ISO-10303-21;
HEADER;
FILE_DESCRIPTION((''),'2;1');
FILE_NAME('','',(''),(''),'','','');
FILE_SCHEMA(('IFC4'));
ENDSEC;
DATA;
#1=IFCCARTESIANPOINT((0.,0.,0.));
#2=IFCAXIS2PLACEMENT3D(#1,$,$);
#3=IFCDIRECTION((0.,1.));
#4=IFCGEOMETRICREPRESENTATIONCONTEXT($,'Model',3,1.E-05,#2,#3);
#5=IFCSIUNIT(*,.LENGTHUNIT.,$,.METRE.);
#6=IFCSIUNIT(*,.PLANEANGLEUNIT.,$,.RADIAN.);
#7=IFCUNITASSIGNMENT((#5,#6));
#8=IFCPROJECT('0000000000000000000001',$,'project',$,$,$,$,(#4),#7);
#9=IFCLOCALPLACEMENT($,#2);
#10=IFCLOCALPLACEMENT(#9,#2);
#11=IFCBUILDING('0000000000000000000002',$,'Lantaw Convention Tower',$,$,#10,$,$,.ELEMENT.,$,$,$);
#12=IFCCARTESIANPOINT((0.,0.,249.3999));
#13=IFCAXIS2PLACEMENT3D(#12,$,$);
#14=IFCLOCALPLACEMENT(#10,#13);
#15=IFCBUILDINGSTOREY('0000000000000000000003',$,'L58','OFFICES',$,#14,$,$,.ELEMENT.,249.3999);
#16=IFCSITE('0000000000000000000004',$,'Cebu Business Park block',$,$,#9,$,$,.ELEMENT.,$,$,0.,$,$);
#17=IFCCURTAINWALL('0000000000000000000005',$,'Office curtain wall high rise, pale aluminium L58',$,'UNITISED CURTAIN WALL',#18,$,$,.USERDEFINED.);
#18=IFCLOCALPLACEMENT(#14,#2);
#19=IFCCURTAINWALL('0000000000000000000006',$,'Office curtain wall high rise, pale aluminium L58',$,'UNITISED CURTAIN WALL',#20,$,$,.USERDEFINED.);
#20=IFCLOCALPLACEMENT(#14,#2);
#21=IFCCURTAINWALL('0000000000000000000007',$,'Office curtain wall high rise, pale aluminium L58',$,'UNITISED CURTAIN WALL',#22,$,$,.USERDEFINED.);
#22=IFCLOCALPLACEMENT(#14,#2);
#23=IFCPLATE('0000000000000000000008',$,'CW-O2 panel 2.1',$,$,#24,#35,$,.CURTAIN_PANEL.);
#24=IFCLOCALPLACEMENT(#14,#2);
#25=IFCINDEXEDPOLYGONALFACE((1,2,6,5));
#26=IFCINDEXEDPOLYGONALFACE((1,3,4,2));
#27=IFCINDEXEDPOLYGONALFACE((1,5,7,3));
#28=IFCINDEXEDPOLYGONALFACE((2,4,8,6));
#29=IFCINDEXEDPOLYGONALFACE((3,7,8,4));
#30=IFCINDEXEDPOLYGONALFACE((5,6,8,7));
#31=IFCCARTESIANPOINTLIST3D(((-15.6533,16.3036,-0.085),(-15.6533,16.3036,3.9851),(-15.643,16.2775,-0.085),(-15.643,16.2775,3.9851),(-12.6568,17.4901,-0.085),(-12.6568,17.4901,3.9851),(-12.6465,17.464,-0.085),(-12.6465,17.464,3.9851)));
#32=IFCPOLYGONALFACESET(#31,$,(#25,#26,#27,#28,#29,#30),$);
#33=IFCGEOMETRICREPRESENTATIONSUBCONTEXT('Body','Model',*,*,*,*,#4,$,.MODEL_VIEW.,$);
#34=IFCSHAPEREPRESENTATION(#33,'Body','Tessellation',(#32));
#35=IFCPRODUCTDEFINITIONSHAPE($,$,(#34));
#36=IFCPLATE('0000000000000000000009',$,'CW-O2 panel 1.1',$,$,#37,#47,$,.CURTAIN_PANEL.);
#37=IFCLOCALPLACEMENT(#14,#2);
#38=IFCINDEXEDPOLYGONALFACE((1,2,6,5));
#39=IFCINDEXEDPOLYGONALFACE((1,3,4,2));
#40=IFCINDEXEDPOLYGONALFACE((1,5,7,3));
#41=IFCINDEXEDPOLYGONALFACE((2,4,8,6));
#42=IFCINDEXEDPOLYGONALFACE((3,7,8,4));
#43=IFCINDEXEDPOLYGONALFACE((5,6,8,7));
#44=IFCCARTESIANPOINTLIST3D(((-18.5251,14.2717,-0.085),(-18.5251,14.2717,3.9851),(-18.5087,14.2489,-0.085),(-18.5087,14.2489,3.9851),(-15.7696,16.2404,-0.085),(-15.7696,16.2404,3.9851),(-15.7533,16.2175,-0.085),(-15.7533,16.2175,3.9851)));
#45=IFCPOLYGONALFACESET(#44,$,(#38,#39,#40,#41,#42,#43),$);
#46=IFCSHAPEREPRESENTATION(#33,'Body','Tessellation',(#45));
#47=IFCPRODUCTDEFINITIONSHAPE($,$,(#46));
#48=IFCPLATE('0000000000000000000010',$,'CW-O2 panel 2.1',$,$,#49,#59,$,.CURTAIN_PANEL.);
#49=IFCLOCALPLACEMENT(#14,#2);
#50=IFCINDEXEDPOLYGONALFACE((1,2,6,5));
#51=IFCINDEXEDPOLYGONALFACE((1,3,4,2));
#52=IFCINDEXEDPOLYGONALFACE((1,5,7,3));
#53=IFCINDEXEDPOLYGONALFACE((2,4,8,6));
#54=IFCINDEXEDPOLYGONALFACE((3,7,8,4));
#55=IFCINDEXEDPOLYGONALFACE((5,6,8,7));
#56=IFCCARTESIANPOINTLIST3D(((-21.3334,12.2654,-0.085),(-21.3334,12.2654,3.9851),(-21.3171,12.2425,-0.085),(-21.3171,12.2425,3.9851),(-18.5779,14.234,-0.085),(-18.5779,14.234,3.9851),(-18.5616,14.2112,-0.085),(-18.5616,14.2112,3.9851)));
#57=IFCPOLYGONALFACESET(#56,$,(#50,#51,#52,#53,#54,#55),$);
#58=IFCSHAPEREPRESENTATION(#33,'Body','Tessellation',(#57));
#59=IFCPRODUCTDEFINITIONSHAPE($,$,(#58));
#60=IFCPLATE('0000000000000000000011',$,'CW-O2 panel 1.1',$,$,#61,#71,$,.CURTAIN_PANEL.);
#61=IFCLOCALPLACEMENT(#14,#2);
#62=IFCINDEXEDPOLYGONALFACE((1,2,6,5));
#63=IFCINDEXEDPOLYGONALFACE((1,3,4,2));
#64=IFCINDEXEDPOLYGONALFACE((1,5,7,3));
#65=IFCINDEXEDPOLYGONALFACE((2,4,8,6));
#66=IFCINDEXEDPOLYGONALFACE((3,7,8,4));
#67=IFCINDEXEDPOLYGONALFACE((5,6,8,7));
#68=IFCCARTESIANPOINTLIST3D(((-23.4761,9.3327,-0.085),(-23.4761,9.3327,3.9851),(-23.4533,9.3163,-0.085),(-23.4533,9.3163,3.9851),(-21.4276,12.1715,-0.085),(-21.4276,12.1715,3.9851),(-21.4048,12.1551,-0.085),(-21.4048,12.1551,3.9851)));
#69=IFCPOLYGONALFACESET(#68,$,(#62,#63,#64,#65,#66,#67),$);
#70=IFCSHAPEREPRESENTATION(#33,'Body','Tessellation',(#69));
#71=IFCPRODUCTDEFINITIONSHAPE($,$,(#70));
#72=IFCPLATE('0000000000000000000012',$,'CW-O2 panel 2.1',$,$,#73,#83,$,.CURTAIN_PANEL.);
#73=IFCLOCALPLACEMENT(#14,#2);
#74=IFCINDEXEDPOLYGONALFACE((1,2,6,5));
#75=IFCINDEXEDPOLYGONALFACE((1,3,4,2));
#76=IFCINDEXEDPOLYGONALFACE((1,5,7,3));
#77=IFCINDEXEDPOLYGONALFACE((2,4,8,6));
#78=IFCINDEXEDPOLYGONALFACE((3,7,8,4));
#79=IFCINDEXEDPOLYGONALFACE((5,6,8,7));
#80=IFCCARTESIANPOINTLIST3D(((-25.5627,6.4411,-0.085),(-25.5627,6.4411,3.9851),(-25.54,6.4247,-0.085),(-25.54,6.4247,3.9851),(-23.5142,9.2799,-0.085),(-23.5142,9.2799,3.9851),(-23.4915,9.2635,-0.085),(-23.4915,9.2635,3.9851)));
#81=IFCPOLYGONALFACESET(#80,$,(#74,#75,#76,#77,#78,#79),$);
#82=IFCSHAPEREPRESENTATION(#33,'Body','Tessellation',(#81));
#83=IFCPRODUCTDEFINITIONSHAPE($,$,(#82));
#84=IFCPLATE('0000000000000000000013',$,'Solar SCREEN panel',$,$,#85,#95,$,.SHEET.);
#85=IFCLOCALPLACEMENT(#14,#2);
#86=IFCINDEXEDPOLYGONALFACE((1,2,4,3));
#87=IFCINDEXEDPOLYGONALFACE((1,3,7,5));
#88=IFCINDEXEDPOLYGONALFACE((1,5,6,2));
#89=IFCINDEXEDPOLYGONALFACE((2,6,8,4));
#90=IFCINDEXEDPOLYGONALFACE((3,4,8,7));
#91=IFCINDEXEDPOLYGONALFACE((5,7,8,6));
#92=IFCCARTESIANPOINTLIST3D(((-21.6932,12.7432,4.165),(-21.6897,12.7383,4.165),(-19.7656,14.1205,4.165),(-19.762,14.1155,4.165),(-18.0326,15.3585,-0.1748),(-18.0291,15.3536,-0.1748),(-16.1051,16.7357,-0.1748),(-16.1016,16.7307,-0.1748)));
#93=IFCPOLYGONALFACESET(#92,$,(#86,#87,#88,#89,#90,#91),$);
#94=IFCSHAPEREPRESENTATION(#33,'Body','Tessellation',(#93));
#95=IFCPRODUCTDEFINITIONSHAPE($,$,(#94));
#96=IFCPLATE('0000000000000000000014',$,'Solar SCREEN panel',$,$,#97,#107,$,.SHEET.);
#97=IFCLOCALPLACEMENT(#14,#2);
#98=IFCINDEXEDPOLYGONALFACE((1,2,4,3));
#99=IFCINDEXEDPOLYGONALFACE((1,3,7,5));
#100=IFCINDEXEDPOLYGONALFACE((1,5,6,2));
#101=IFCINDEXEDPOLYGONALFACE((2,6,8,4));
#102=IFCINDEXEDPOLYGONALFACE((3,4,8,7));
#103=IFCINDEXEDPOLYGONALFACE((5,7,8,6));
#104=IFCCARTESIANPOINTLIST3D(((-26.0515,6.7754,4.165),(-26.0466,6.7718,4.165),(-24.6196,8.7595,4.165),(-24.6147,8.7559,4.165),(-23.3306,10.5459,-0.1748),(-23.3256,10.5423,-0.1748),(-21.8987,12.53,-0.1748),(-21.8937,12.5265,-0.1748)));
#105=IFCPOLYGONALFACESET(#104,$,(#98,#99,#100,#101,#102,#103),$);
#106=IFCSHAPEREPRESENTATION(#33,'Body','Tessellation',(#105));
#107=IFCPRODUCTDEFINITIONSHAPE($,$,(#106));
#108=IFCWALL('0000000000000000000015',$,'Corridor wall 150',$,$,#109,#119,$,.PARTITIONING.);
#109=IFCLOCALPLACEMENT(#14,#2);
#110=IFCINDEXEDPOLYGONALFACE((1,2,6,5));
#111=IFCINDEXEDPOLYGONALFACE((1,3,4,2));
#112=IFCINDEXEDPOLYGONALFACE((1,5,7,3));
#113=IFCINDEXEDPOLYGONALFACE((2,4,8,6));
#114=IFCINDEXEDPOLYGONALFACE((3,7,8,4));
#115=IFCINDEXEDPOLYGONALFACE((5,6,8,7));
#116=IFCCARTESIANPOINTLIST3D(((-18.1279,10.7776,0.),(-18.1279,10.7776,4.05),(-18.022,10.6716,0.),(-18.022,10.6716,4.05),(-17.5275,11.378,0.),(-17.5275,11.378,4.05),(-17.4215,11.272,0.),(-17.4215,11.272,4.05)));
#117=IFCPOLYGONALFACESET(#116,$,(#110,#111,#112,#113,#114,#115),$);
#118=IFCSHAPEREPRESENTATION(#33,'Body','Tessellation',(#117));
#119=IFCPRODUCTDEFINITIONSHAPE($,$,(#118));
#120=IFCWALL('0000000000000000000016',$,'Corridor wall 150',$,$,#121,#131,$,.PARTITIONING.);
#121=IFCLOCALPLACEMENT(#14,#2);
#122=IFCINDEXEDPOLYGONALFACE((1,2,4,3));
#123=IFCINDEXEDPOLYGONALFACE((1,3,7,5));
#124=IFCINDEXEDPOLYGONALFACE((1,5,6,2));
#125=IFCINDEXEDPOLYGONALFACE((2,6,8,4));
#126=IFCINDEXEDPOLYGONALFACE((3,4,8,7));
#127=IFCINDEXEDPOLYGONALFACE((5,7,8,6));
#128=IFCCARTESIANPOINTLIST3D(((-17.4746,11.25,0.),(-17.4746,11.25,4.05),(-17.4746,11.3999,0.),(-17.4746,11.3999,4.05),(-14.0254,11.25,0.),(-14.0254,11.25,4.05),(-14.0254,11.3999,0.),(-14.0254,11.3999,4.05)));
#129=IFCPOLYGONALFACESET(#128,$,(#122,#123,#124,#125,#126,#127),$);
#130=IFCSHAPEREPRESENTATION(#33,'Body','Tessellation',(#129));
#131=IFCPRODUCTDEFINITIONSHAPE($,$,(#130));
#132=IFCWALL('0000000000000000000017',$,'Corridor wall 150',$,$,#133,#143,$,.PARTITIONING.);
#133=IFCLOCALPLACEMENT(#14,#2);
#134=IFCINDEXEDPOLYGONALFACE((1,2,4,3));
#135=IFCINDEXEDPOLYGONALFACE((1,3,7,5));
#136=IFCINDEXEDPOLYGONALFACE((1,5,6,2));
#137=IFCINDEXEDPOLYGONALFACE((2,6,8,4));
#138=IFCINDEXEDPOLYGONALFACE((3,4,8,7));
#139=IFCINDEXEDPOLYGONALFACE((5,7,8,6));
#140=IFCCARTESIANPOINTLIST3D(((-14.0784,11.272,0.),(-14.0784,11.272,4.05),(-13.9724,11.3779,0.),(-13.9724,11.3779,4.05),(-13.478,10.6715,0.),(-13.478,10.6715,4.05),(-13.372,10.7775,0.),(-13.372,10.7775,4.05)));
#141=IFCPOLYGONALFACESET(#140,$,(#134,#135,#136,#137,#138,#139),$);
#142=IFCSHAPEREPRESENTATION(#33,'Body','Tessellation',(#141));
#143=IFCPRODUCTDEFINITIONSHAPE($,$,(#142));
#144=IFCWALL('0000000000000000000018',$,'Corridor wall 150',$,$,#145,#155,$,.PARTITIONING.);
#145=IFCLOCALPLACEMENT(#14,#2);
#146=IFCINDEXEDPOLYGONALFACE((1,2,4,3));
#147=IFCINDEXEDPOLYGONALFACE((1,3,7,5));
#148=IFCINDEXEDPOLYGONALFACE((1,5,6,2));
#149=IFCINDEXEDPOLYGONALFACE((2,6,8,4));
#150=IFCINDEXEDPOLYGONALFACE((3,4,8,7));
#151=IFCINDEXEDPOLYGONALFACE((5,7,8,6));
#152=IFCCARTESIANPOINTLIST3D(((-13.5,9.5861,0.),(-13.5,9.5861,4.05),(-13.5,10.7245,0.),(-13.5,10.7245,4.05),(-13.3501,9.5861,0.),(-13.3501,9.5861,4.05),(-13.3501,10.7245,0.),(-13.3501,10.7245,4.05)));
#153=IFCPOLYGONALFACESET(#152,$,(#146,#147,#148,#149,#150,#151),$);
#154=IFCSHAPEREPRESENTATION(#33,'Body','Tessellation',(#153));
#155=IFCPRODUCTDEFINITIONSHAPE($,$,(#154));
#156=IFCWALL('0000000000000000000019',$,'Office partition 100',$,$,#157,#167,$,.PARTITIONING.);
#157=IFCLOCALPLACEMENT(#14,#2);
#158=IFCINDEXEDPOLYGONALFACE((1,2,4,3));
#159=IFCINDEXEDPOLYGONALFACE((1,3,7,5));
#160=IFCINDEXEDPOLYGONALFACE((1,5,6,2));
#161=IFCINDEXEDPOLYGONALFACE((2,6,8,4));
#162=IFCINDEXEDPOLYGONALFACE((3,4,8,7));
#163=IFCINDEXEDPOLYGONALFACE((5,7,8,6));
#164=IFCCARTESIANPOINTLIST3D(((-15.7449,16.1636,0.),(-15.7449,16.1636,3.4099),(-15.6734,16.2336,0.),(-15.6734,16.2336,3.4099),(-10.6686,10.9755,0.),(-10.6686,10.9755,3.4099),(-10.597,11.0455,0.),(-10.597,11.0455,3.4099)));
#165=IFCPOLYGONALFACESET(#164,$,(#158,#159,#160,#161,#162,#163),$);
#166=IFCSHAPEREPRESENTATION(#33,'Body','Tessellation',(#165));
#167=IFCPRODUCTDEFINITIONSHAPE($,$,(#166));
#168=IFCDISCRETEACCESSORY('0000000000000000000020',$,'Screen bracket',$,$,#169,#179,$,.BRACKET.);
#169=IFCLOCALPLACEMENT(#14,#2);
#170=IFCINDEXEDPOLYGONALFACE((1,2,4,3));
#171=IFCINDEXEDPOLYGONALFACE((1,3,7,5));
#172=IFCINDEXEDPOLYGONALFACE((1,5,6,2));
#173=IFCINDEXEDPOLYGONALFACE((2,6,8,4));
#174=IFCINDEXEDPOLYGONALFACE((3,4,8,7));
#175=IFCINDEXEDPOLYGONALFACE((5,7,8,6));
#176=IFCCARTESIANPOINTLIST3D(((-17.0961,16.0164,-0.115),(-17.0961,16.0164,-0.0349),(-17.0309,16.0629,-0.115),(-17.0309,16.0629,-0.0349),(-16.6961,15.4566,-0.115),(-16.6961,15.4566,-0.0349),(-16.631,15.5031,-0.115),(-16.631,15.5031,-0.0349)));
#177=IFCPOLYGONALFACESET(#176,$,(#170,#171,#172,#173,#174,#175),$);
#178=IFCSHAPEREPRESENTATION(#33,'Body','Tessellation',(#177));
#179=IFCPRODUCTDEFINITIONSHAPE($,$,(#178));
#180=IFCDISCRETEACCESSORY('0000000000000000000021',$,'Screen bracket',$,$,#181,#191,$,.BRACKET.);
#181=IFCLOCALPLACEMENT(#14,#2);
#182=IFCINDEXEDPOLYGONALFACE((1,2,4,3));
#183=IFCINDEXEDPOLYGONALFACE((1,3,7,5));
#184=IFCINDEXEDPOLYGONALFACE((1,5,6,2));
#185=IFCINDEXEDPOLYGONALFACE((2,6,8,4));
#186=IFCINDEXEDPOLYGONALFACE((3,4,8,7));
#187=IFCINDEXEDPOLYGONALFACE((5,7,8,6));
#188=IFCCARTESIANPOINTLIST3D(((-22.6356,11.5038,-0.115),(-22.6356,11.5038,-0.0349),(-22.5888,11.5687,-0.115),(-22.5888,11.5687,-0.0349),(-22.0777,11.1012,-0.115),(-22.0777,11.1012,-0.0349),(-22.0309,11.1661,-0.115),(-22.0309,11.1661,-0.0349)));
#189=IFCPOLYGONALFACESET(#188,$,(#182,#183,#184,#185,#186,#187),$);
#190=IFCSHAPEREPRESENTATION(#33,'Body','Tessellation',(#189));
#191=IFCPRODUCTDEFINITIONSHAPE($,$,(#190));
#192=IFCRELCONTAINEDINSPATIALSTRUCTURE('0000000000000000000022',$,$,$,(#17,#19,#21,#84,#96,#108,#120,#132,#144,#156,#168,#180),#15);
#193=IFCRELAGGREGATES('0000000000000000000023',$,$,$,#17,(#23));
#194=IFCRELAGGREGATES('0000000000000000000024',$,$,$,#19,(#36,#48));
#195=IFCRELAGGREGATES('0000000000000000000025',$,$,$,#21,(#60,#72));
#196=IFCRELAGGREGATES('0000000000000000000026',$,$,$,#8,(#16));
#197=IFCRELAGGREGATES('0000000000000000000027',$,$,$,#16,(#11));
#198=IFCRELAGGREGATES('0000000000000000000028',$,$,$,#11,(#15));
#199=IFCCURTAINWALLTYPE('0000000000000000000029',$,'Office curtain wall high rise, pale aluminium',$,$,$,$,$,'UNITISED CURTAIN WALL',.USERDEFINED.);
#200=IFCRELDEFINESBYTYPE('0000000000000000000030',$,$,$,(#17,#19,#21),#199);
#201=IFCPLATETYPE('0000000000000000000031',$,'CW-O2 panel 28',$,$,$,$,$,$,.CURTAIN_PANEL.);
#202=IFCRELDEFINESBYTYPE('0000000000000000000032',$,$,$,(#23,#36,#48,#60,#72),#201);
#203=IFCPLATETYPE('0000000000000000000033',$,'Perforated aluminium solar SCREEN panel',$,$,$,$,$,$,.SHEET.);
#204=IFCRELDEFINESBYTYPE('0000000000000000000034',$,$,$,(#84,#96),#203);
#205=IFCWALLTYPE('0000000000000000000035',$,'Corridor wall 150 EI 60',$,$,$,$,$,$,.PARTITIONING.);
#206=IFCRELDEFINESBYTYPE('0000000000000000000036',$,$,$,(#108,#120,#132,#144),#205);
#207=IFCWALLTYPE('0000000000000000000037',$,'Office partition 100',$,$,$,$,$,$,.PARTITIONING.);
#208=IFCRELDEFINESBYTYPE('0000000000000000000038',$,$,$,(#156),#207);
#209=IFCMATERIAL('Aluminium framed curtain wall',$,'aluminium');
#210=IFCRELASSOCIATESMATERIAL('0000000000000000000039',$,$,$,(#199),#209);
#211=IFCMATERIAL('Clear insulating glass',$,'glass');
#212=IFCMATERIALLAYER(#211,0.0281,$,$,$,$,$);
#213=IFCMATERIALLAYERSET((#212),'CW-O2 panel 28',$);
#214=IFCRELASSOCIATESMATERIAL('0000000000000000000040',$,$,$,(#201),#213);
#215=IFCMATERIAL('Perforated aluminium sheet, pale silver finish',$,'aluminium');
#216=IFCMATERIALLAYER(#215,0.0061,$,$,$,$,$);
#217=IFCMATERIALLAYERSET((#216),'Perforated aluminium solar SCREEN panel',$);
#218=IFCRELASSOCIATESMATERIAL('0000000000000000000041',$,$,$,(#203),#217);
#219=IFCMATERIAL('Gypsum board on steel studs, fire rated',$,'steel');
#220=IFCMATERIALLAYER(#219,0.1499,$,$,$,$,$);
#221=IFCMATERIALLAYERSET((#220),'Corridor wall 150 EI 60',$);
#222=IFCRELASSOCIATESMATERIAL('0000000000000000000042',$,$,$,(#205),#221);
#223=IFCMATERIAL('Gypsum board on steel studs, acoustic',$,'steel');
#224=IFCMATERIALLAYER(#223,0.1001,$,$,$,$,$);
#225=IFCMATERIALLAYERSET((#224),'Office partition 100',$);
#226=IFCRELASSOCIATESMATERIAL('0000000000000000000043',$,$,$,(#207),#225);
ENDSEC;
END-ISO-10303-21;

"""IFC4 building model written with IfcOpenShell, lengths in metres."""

from ifc_helpers import new_model, si_unit, direction, frame, frame_2d, origin, origin_2d, place, context, subcontext, project, spatial, polyline, rectangle, outline, extrude, material, layer, layer_set, type_object, element, aggregate, save


model = new_model("IFC4")

# Units and contexts
model_context = context("Model", 3, precision=1e-05, world=origin(), true_north=direction((0.0, 1.0)))
body_context = subcontext(model_context, "Body", "Model", "MODEL_VIEW")
ifc_project = project(units=[si_unit("LENGTHUNIT", "METRE"), si_unit("PLANEANGLEUNIT", "RADIAN")], contexts=[model_context])

# Site, building, storey
site_placement = place(None, origin())
site = spatial("IfcSite", under=ifc_project, at=site_placement, Name="Cebu Business Park block", CompositionType="ELEMENT", RefElevation=0.0)
building_placement = place(site_placement, origin())
building = spatial("IfcBuilding", under=site, at=building_placement, Name="Lantaw Convention Tower", CompositionType="ELEMENT")
storey_placement = place(building_placement, frame((0.0, 0.0, 249.3999)))
storey = spatial("IfcBuildingStorey", under=building, at=storey_placement, Name="L58", Description="OFFICES", CompositionType="ELEMENT", Elevation=249.3999)

# Curtain walls
ifc_material_1 = material(Name="Aluminium framed curtain wall", Category="aluminium")
curtain_wall_type = type_object("IfcCurtainWallType", Name="Office curtain wall high rise, pale aluminium", ElementType="UNITISED CURTAIN WALL", PredefinedType="USERDEFINED", material=ifc_material_1)
curtain_wall_1_placement = place(storey_placement, origin())
curtain_wall_1 = element("IfcCurtainWall", 1, at=curtain_wall_1_placement, inside=storey, type_object=curtain_wall_type, Name="Office curtain wall high rise, pale aluminium L58", ObjectType="UNITISED CURTAIN WALL", PredefinedType="USERDEFINED")
curtain_wall_2_placement = place(storey_placement, origin())
curtain_wall_2 = element("IfcCurtainWall", 2, at=curtain_wall_2_placement, inside=storey, type_object=curtain_wall_type, Name="Office curtain wall high rise, pale aluminium L58", ObjectType="UNITISED CURTAIN WALL", PredefinedType="USERDEFINED")
curtain_wall_3_placement = place(storey_placement, origin())
curtain_wall_3 = element("IfcCurtainWall", 3, at=curtain_wall_3_placement, inside=storey, type_object=curtain_wall_type, Name="Office curtain wall high rise, pale aluminium L58", ObjectType="UNITISED CURTAIN WALL", PredefinedType="USERDEFINED")

# Plates
ifc_material_2 = material(Name="Clear insulating glass", Category="glass")
ifc_layer_1 = layer(ifc_material_2, 0.0281)
ifc_layer_set_1 = layer_set([ifc_layer_1], Name="CW-O2 panel 28")
plate_type_1 = type_object("IfcPlateType", Name="CW-O2 panel 28", PredefinedType="CURTAIN_PANEL", material=ifc_layer_set_1)
plate_1_placement = place(storey_placement, frame((-14.1499, 16.8838, -0.085), z_axis=(0.0, 0.0, 1.0), x_axis=(-0.929762, -0.368162, 0.0)))
plate_1 = element("IfcPlate", 4, at=plate_1_placement, type_object=plate_type_1, Name="CW-O2 panel 2.1", PredefinedType="CURTAIN_PANEL", context=body_context, shape_type="SweptSolid", body=[
    extrude(rectangle(XDim=3.2229, YDim=0.0281, at=origin_2d()), origin(), (0.0, 0.0, 1.0), 4.0701),
])
aggregate(curtain_wall_1, [plate_1])
plate_2_placement = place(storey_placement, frame((-17.1392, 15.2446, -0.085), z_axis=(0.0, 0.0, 1.0), x_axis=(-0.813673, -0.581323, 0.0)))
plate_2 = element("IfcPlate", 5, at=plate_2_placement, type_object=plate_type_1, Name="CW-O2 panel 1.1", PredefinedType="CURTAIN_PANEL", context=body_context, shape_type="SweptSolid", body=[
    extrude(rectangle(XDim=3.3865, YDim=0.0281, at=origin_2d()), origin(), (0.0, 0.0, 1.0), 4.0701),
])
plate_3_placement = place(storey_placement, frame((-19.9475, 13.2383, -0.085), z_axis=(0.0, 0.0, 1.0), x_axis=(-0.813673, -0.581323, 0.0)))
plate_3 = element("IfcPlate", 6, at=plate_3_placement, type_object=plate_type_1, Name="CW-O2 panel 2.1", PredefinedType="CURTAIN_PANEL", context=body_context, shape_type="SweptSolid", body=[
    extrude(rectangle(XDim=3.3865, YDim=0.0281, at=origin_2d()), origin(), (0.0, 0.0, 1.0), 4.0701),
])
aggregate(curtain_wall_2, [plate_2, plate_3])
plate_4_placement = place(storey_placement, frame((-22.4404, 10.7439, -0.085), z_axis=(0.0, 0.0, 1.0), x_axis=(-0.585158, -0.81092, 0.0)))
plate_4 = element("IfcPlate", 7, at=plate_4_placement, type_object=plate_type_1, Name="CW-O2 panel 1.1", PredefinedType="CURTAIN_PANEL", context=body_context, shape_type="SweptSolid", body=[
    extrude(rectangle(XDim=3.5007, YDim=0.0281, at=origin_2d()), origin(), (0.0, 0.0, 1.0), 4.0701),
])
plate_5_placement = place(storey_placement, frame((-24.5271, 7.8523, -0.085), z_axis=(0.0, 0.0, 1.0), x_axis=(-0.585158, -0.81092, 0.0)))
plate_5 = element("IfcPlate", 8, at=plate_5_placement, type_object=plate_type_1, Name="CW-O2 panel 2.1", PredefinedType="CURTAIN_PANEL", context=body_context, shape_type="SweptSolid", body=[
    extrude(rectangle(XDim=3.5007, YDim=0.0281, at=origin_2d()), origin(), (0.0, 0.0, 1.0), 4.0701),
])
aggregate(curtain_wall_3, [plate_4, plate_5])

# Plates
ifc_material_3 = material(Name="Perforated aluminium sheet, pale silver finish", Category="aluminium")
ifc_layer_2 = layer(ifc_material_3, 0.0061)
ifc_layer_set_2 = layer_set([ifc_layer_2], Name="Perforated aluminium solar SCREEN panel")
plate_type_2 = type_object("IfcPlateType", Name="Perforated aluminium solar SCREEN panel", PredefinedType="SHEET", material=ifc_layer_set_2)
plate_6_placement = place(storey_placement, frame((-16.1016, 16.7307, -0.1748), z_axis=(0.581331, -0.813667, 0.00001), x_axis=(-0.813667, -0.581331, 0.0)))
element("IfcPlate", 9, at=plate_6_placement, inside=storey, type_object=plate_type_2, Name="Solar SCREEN panel", PredefinedType="SHEET", context=body_context, shape_type="SweptSolid", body=[
    extrude(outline(polyline([(0.0, 0.0), (2.3689, 0.0), (6.8678, -4.3398), (4.4987, -4.3398), (0.0, 0.0)])), origin(), (0.0, 0.0, -1.0), 0.0061),
])
plate_7_placement = place(storey_placement, frame((-21.8987, 12.53, -0.1748), z_axis=(-0.810892, 0.585195, 0.00002), x_axis=(-0.585195, -0.810892, 0.0)))
element("IfcPlate", 10, at=plate_7_placement, inside=storey, type_object=plate_type_2, Name="Solar SCREEN panel", PredefinedType="SHEET", context=body_context, shape_type="SweptSolid", body=[
    extrude(outline(polyline([(0.0, 0.0), (2.4468, 0.0), (7.0966, 4.3398), (4.6498, 4.3398), (0.0, 0.0)])), origin(), (0.0, 0.0, -1.0), 0.0061),
])

# Walls
ifc_material_4 = material(Name="Gypsum board on steel studs, fire rated", Category="steel")
ifc_layer_3 = layer(ifc_material_4, 0.1499)
ifc_layer_set_3 = layer_set([ifc_layer_3], Name="Corridor wall 150 EI 60")
wall_type_1 = type_object("IfcWallType", Name="Corridor wall 150 EI 60", PredefinedType="PARTITIONING", material=ifc_layer_set_3)
wall_1_placement = place(storey_placement, frame((-18.075, 10.7246, 0.0), z_axis=(0.0, 0.0, 1.0), x_axis=(0.707107, 0.707107, 0.0)))
element("IfcWall", 11, at=wall_1_placement, inside=storey, type_object=wall_type_1, Name="Corridor wall 150", PredefinedType="PARTITIONING", context=body_context, shape_type="SweptSolid", body=[
    extrude(rectangle(XDim=0.8491, YDim=0.1499, at=frame_2d((0.4246, 0.0))), origin(), (0.0, 0.0, 1.0), 4.05),
])
wall_2_placement = place(storey_placement, frame((-17.4746, 11.325, 0.0), z_axis=(0.0, 0.0, 1.0), x_axis=(1.0, 0.0, 0.0)))
element("IfcWall", 12, at=wall_2_placement, inside=storey, type_object=wall_type_1, Name="Corridor wall 150", PredefinedType="PARTITIONING", context=body_context, shape_type="SweptSolid", body=[
    extrude(rectangle(XDim=3.4492, YDim=0.1499, at=frame_2d((1.7246, 0.0))), origin(), (0.0, 0.0, 1.0), 4.05),
])
wall_3_placement = place(storey_placement, frame((-14.0254, 11.325, 0.0), z_axis=(0.0, 0.0, 1.0), x_axis=(0.707107, -0.707107, 0.0)))
element("IfcWall", 13, at=wall_3_placement, inside=storey, type_object=wall_type_1, Name="Corridor wall 150", PredefinedType="PARTITIONING", context=body_context, shape_type="SweptSolid", body=[
    extrude(rectangle(XDim=0.8491, YDim=0.1499, at=frame_2d((0.4246, 0.0))), origin(), (0.0, 0.0, 1.0), 4.05),
])
wall_4_placement = place(storey_placement, frame((-13.425, 10.7246, 0.0), z_axis=(0.0, 0.0, 1.0), x_axis=(0.0, -1.0, 0.0)))
element("IfcWall", 14, at=wall_4_placement, inside=storey, type_object=wall_type_1, Name="Corridor wall 150", PredefinedType="PARTITIONING", context=body_context, shape_type="SweptSolid", body=[
    extrude(rectangle(XDim=1.1384, YDim=0.1499, at=frame_2d((0.5693, 0.0))), origin(), (0.0, 0.0, 1.0), 4.05),
])
ifc_material_5 = material(Name="Gypsum board on steel studs, acoustic", Category="steel")
ifc_layer_4 = layer(ifc_material_5, 0.1001)
ifc_layer_set_4 = layer_set([ifc_layer_4], Name="Office partition 100")
wall_type_2 = type_object("IfcWallType", Name="Office partition 100", PredefinedType="PARTITIONING", material=ifc_layer_set_4)
wall_5_placement = place(storey_placement, frame((-15.7092, 16.1987, 0.0), z_axis=(0.0, 0.0, 1.0), x_axis=(0.699363, -0.714767, 0.0)))
element("IfcWall", 15, at=wall_5_placement, inside=storey, type_object=wall_type_2, Name="Office partition 100", PredefinedType="PARTITIONING", context=body_context, shape_type="SweptSolid", body=[
    extrude(rectangle(XDim=7.2585, YDim=0.1001, at=frame_2d((3.6294, 0.0))), origin(), (0.0, 0.0, 1.0), 3.4099),
])

# Discrete accessories
for number, where, z_axis, x_axis, name in (
    (16, (-16.8635, 15.7598, -0.115), (0.0, 0.0, 1.0), (-0.813673, -0.581323, 0.0), "Screen bracket"),
    (17, (-22.3333, 11.335, -0.115), (0.0, 0.0, 1.0), (-0.585158, -0.81092, 0.0), "Screen bracket"),
):
    element("IfcDiscreteAccessory", number, at=place(storey_placement, frame(where, z_axis=z_axis, x_axis=x_axis)), inside=storey, Name=name, PredefinedType="BRACKET", context=body_context, shape_type="SweptSolid", body=[
        extrude(rectangle(XDim=0.0801, YDim=0.688, at=origin_2d()), origin(), (0.0, 0.0, 1.0), 0.0801),
    ])

save(model, "model.ifc")
